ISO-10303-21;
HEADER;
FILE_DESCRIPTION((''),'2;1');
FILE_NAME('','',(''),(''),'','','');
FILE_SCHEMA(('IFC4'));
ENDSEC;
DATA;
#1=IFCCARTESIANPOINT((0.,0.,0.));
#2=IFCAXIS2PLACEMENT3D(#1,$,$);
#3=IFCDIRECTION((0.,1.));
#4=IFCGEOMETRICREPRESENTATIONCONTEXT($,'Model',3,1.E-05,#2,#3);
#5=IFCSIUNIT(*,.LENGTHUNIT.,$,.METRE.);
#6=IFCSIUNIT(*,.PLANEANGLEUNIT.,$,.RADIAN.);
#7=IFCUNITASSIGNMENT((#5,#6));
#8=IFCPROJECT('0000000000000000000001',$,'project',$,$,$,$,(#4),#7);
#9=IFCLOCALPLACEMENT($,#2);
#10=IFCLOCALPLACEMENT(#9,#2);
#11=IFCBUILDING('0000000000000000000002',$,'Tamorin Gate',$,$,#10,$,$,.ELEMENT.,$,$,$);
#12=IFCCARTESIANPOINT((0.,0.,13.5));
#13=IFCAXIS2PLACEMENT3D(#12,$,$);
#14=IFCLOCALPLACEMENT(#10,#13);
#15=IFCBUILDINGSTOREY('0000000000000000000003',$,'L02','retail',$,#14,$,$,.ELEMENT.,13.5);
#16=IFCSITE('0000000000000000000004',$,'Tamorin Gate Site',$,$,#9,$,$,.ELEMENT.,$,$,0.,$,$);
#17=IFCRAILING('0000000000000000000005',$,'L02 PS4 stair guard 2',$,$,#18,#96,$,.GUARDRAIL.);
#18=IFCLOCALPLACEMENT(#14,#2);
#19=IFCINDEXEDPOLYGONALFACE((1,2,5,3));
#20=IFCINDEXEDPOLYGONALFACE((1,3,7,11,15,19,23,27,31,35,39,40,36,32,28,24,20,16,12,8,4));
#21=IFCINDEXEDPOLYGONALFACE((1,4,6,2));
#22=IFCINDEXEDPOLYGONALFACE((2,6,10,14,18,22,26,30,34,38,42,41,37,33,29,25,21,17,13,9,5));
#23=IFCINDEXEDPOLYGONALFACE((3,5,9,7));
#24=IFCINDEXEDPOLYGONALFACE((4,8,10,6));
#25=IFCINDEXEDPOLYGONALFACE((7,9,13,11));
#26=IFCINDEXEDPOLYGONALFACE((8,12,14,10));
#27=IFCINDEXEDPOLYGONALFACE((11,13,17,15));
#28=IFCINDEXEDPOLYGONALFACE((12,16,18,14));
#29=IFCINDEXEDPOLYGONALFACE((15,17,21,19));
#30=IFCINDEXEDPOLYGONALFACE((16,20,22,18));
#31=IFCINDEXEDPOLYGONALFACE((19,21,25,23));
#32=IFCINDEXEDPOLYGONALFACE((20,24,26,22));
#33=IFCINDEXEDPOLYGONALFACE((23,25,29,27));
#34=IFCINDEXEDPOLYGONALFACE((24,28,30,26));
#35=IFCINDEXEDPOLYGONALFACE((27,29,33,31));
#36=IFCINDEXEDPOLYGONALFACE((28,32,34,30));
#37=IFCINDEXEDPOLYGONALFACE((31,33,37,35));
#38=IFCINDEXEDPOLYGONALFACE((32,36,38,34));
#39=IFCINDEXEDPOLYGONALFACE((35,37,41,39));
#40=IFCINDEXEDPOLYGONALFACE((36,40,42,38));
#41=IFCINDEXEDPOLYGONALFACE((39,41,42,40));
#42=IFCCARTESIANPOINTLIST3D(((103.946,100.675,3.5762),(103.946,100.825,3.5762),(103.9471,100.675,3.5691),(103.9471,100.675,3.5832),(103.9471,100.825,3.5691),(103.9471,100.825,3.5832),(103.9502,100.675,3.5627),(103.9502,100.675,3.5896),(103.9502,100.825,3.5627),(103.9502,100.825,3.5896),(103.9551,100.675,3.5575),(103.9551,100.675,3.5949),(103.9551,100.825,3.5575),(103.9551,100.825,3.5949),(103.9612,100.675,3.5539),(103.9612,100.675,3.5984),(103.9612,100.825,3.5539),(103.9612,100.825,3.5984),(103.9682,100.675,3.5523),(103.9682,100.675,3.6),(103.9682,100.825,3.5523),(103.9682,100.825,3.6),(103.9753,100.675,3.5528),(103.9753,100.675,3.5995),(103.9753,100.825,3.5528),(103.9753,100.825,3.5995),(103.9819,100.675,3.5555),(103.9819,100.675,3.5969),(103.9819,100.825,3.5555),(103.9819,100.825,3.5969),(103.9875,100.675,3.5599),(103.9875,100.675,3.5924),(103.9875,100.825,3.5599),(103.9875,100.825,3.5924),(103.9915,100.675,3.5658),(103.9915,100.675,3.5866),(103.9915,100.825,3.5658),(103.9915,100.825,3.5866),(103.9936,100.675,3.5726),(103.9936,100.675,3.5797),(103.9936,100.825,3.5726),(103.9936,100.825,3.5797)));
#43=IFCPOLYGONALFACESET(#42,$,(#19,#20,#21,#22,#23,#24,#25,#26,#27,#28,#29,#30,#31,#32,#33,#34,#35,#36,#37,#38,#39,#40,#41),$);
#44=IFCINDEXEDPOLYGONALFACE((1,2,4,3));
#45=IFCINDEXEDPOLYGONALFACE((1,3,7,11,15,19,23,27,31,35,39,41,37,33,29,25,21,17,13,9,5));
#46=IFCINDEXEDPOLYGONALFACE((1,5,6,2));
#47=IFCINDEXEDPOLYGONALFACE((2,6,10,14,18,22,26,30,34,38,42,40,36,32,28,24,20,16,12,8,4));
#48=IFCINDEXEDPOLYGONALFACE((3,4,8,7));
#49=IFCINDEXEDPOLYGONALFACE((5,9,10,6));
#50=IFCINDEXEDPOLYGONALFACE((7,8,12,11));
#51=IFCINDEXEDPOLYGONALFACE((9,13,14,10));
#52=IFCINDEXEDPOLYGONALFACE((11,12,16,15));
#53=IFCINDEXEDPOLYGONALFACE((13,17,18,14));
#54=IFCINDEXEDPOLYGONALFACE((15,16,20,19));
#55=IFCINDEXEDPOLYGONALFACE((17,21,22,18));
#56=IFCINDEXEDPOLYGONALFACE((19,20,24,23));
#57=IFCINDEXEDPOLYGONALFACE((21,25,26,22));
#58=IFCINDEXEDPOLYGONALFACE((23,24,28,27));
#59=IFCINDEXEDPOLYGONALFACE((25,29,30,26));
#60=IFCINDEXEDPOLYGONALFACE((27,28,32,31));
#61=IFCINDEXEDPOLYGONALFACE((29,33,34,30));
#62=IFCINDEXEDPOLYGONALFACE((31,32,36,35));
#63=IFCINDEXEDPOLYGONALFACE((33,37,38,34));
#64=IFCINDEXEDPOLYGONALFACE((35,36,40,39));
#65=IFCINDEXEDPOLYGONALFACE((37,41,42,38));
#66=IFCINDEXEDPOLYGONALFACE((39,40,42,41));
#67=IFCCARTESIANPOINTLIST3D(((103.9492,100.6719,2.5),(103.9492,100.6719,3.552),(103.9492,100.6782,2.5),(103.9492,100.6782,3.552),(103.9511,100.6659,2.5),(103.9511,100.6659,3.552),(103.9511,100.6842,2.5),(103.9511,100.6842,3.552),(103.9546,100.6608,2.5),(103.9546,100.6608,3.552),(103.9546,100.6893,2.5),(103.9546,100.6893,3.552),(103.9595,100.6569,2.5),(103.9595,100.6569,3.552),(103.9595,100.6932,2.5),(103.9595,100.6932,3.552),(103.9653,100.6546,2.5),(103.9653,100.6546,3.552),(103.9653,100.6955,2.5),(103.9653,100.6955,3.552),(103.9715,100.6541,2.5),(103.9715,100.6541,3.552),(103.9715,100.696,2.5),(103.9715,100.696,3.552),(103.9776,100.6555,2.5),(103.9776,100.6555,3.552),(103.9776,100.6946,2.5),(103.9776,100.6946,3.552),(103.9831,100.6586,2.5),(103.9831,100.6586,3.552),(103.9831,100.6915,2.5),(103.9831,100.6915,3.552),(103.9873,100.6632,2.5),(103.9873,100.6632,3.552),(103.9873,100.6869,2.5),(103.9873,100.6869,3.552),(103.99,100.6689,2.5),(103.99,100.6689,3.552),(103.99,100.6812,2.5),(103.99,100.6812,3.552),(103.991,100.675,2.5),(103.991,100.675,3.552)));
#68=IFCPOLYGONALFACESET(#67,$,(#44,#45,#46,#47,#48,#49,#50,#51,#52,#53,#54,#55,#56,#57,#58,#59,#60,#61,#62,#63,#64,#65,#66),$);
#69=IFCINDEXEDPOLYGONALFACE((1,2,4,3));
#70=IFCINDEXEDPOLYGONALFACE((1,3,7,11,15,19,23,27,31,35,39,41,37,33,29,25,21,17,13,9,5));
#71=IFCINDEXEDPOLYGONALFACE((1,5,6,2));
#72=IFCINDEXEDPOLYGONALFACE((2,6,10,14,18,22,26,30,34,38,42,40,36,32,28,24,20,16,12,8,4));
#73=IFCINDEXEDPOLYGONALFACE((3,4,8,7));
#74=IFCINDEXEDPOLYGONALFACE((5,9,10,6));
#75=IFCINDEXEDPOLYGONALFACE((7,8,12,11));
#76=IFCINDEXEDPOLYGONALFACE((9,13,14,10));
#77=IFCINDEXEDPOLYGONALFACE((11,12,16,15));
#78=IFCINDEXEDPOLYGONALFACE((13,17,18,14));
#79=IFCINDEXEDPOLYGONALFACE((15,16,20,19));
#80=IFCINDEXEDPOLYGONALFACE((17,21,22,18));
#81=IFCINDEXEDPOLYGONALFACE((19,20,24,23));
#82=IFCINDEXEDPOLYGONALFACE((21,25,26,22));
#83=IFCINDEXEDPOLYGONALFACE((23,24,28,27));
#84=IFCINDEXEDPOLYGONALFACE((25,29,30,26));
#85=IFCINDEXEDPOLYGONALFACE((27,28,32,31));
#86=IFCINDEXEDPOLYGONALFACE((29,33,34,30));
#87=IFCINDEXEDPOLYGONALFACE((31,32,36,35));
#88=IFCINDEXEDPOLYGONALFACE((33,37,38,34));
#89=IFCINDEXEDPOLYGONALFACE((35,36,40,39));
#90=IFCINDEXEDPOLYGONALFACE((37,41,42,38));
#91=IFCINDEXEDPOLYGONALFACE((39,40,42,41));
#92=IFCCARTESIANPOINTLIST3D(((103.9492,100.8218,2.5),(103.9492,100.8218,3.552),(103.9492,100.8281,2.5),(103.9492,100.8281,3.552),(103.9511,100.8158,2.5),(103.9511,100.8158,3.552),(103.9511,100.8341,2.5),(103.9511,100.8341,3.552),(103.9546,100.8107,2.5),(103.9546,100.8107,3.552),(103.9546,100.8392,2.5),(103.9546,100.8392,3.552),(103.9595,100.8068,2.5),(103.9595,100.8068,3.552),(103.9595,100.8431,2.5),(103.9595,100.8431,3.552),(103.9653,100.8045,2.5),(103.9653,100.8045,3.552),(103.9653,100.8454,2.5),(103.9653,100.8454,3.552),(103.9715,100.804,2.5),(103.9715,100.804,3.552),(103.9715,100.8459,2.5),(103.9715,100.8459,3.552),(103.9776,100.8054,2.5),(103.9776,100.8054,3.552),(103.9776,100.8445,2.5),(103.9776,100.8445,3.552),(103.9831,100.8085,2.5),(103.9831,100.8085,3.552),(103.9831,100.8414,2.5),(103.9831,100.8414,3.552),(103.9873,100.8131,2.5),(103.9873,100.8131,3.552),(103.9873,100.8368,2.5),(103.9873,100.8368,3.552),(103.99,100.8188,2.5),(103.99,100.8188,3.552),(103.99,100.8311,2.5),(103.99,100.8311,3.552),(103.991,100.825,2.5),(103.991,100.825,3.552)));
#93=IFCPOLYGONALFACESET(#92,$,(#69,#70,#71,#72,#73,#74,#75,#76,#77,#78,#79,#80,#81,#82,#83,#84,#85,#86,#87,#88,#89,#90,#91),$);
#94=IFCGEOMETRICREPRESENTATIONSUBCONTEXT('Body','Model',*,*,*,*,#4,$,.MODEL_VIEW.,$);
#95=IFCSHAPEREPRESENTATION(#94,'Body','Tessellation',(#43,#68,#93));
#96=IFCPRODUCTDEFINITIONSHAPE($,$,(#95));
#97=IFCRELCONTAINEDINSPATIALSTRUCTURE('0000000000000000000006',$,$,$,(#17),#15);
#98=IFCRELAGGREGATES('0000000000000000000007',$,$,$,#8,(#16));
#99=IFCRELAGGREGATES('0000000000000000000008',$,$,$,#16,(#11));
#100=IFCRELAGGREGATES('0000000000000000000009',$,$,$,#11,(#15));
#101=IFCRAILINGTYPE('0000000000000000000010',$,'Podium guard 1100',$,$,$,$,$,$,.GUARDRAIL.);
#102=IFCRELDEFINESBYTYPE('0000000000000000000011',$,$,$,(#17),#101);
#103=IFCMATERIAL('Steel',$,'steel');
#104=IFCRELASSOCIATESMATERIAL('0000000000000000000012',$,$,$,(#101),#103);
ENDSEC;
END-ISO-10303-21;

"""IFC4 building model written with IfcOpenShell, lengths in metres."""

from ifc_helpers import new_model, si_unit, direction, frame, origin, origin_2d, place, context, subcontext, project, spatial, circle, extrude, material, type_object, element, save


model = new_model("IFC4")

# Units and contexts
model_context = context("Model", 3, precision=1e-05, world=origin(), true_north=direction((0.0, 1.0)))
body_context = subcontext(model_context, "Body", "Model", "MODEL_VIEW")
ifc_project = project(units=[si_unit("LENGTHUNIT", "METRE"), si_unit("PLANEANGLEUNIT", "RADIAN")], contexts=[model_context])

# Site, building, storey
site_placement = place(None, origin())
site = spatial("IfcSite", under=ifc_project, at=site_placement, Name="Tamorin Gate Site", CompositionType="ELEMENT", RefElevation=0.0)
building_placement = place(site_placement, origin())
building = spatial("IfcBuilding", under=site, at=building_placement, Name="Tamorin Gate", CompositionType="ELEMENT")
storey_placement = place(building_placement, frame((0.0, 0.0, 13.5)))
storey = spatial("IfcBuildingStorey", under=building, at=storey_placement, Name="L02", Description="retail", CompositionType="ELEMENT", Elevation=13.5)

# Railing
ifc_material_1 = material(Name="Steel", Category="steel")
railing_type_1 = type_object("IfcRailingType", Name="Podium guard 1100", PredefinedType="GUARDRAIL", material=ifc_material_1)
railing_1_placement = place(storey_placement, frame((103.97, 100.675, 2.5)))
element("IfcRailing", 1, at=railing_1_placement, inside=storey, type_object=railing_type_1, Name="L02 PS4 stair guard 2", PredefinedType="GUARDRAIL", context=body_context, shape_type="SweptSolid", body=[
    extrude(circle(Radius=0.0239, at=origin_2d()), frame((0.0, 0.0, 1.0762), z_axis=(0.0, 1.0, 0.0), x_axis=(-1.0, 0.0, 0.0)), (0.0, 0.0, 1.0), 0.1499),
    extrude(circle(Radius=0.021, at=origin_2d()), origin(), (0.0, 0.0, 1.0), 1.052),
    extrude(circle(Radius=0.021, at=origin_2d()), frame((0.0, 0.1499, 0.0)), (0.0, 0.0, 1.0), 1.052),
])

save(model, "model.ifc")
